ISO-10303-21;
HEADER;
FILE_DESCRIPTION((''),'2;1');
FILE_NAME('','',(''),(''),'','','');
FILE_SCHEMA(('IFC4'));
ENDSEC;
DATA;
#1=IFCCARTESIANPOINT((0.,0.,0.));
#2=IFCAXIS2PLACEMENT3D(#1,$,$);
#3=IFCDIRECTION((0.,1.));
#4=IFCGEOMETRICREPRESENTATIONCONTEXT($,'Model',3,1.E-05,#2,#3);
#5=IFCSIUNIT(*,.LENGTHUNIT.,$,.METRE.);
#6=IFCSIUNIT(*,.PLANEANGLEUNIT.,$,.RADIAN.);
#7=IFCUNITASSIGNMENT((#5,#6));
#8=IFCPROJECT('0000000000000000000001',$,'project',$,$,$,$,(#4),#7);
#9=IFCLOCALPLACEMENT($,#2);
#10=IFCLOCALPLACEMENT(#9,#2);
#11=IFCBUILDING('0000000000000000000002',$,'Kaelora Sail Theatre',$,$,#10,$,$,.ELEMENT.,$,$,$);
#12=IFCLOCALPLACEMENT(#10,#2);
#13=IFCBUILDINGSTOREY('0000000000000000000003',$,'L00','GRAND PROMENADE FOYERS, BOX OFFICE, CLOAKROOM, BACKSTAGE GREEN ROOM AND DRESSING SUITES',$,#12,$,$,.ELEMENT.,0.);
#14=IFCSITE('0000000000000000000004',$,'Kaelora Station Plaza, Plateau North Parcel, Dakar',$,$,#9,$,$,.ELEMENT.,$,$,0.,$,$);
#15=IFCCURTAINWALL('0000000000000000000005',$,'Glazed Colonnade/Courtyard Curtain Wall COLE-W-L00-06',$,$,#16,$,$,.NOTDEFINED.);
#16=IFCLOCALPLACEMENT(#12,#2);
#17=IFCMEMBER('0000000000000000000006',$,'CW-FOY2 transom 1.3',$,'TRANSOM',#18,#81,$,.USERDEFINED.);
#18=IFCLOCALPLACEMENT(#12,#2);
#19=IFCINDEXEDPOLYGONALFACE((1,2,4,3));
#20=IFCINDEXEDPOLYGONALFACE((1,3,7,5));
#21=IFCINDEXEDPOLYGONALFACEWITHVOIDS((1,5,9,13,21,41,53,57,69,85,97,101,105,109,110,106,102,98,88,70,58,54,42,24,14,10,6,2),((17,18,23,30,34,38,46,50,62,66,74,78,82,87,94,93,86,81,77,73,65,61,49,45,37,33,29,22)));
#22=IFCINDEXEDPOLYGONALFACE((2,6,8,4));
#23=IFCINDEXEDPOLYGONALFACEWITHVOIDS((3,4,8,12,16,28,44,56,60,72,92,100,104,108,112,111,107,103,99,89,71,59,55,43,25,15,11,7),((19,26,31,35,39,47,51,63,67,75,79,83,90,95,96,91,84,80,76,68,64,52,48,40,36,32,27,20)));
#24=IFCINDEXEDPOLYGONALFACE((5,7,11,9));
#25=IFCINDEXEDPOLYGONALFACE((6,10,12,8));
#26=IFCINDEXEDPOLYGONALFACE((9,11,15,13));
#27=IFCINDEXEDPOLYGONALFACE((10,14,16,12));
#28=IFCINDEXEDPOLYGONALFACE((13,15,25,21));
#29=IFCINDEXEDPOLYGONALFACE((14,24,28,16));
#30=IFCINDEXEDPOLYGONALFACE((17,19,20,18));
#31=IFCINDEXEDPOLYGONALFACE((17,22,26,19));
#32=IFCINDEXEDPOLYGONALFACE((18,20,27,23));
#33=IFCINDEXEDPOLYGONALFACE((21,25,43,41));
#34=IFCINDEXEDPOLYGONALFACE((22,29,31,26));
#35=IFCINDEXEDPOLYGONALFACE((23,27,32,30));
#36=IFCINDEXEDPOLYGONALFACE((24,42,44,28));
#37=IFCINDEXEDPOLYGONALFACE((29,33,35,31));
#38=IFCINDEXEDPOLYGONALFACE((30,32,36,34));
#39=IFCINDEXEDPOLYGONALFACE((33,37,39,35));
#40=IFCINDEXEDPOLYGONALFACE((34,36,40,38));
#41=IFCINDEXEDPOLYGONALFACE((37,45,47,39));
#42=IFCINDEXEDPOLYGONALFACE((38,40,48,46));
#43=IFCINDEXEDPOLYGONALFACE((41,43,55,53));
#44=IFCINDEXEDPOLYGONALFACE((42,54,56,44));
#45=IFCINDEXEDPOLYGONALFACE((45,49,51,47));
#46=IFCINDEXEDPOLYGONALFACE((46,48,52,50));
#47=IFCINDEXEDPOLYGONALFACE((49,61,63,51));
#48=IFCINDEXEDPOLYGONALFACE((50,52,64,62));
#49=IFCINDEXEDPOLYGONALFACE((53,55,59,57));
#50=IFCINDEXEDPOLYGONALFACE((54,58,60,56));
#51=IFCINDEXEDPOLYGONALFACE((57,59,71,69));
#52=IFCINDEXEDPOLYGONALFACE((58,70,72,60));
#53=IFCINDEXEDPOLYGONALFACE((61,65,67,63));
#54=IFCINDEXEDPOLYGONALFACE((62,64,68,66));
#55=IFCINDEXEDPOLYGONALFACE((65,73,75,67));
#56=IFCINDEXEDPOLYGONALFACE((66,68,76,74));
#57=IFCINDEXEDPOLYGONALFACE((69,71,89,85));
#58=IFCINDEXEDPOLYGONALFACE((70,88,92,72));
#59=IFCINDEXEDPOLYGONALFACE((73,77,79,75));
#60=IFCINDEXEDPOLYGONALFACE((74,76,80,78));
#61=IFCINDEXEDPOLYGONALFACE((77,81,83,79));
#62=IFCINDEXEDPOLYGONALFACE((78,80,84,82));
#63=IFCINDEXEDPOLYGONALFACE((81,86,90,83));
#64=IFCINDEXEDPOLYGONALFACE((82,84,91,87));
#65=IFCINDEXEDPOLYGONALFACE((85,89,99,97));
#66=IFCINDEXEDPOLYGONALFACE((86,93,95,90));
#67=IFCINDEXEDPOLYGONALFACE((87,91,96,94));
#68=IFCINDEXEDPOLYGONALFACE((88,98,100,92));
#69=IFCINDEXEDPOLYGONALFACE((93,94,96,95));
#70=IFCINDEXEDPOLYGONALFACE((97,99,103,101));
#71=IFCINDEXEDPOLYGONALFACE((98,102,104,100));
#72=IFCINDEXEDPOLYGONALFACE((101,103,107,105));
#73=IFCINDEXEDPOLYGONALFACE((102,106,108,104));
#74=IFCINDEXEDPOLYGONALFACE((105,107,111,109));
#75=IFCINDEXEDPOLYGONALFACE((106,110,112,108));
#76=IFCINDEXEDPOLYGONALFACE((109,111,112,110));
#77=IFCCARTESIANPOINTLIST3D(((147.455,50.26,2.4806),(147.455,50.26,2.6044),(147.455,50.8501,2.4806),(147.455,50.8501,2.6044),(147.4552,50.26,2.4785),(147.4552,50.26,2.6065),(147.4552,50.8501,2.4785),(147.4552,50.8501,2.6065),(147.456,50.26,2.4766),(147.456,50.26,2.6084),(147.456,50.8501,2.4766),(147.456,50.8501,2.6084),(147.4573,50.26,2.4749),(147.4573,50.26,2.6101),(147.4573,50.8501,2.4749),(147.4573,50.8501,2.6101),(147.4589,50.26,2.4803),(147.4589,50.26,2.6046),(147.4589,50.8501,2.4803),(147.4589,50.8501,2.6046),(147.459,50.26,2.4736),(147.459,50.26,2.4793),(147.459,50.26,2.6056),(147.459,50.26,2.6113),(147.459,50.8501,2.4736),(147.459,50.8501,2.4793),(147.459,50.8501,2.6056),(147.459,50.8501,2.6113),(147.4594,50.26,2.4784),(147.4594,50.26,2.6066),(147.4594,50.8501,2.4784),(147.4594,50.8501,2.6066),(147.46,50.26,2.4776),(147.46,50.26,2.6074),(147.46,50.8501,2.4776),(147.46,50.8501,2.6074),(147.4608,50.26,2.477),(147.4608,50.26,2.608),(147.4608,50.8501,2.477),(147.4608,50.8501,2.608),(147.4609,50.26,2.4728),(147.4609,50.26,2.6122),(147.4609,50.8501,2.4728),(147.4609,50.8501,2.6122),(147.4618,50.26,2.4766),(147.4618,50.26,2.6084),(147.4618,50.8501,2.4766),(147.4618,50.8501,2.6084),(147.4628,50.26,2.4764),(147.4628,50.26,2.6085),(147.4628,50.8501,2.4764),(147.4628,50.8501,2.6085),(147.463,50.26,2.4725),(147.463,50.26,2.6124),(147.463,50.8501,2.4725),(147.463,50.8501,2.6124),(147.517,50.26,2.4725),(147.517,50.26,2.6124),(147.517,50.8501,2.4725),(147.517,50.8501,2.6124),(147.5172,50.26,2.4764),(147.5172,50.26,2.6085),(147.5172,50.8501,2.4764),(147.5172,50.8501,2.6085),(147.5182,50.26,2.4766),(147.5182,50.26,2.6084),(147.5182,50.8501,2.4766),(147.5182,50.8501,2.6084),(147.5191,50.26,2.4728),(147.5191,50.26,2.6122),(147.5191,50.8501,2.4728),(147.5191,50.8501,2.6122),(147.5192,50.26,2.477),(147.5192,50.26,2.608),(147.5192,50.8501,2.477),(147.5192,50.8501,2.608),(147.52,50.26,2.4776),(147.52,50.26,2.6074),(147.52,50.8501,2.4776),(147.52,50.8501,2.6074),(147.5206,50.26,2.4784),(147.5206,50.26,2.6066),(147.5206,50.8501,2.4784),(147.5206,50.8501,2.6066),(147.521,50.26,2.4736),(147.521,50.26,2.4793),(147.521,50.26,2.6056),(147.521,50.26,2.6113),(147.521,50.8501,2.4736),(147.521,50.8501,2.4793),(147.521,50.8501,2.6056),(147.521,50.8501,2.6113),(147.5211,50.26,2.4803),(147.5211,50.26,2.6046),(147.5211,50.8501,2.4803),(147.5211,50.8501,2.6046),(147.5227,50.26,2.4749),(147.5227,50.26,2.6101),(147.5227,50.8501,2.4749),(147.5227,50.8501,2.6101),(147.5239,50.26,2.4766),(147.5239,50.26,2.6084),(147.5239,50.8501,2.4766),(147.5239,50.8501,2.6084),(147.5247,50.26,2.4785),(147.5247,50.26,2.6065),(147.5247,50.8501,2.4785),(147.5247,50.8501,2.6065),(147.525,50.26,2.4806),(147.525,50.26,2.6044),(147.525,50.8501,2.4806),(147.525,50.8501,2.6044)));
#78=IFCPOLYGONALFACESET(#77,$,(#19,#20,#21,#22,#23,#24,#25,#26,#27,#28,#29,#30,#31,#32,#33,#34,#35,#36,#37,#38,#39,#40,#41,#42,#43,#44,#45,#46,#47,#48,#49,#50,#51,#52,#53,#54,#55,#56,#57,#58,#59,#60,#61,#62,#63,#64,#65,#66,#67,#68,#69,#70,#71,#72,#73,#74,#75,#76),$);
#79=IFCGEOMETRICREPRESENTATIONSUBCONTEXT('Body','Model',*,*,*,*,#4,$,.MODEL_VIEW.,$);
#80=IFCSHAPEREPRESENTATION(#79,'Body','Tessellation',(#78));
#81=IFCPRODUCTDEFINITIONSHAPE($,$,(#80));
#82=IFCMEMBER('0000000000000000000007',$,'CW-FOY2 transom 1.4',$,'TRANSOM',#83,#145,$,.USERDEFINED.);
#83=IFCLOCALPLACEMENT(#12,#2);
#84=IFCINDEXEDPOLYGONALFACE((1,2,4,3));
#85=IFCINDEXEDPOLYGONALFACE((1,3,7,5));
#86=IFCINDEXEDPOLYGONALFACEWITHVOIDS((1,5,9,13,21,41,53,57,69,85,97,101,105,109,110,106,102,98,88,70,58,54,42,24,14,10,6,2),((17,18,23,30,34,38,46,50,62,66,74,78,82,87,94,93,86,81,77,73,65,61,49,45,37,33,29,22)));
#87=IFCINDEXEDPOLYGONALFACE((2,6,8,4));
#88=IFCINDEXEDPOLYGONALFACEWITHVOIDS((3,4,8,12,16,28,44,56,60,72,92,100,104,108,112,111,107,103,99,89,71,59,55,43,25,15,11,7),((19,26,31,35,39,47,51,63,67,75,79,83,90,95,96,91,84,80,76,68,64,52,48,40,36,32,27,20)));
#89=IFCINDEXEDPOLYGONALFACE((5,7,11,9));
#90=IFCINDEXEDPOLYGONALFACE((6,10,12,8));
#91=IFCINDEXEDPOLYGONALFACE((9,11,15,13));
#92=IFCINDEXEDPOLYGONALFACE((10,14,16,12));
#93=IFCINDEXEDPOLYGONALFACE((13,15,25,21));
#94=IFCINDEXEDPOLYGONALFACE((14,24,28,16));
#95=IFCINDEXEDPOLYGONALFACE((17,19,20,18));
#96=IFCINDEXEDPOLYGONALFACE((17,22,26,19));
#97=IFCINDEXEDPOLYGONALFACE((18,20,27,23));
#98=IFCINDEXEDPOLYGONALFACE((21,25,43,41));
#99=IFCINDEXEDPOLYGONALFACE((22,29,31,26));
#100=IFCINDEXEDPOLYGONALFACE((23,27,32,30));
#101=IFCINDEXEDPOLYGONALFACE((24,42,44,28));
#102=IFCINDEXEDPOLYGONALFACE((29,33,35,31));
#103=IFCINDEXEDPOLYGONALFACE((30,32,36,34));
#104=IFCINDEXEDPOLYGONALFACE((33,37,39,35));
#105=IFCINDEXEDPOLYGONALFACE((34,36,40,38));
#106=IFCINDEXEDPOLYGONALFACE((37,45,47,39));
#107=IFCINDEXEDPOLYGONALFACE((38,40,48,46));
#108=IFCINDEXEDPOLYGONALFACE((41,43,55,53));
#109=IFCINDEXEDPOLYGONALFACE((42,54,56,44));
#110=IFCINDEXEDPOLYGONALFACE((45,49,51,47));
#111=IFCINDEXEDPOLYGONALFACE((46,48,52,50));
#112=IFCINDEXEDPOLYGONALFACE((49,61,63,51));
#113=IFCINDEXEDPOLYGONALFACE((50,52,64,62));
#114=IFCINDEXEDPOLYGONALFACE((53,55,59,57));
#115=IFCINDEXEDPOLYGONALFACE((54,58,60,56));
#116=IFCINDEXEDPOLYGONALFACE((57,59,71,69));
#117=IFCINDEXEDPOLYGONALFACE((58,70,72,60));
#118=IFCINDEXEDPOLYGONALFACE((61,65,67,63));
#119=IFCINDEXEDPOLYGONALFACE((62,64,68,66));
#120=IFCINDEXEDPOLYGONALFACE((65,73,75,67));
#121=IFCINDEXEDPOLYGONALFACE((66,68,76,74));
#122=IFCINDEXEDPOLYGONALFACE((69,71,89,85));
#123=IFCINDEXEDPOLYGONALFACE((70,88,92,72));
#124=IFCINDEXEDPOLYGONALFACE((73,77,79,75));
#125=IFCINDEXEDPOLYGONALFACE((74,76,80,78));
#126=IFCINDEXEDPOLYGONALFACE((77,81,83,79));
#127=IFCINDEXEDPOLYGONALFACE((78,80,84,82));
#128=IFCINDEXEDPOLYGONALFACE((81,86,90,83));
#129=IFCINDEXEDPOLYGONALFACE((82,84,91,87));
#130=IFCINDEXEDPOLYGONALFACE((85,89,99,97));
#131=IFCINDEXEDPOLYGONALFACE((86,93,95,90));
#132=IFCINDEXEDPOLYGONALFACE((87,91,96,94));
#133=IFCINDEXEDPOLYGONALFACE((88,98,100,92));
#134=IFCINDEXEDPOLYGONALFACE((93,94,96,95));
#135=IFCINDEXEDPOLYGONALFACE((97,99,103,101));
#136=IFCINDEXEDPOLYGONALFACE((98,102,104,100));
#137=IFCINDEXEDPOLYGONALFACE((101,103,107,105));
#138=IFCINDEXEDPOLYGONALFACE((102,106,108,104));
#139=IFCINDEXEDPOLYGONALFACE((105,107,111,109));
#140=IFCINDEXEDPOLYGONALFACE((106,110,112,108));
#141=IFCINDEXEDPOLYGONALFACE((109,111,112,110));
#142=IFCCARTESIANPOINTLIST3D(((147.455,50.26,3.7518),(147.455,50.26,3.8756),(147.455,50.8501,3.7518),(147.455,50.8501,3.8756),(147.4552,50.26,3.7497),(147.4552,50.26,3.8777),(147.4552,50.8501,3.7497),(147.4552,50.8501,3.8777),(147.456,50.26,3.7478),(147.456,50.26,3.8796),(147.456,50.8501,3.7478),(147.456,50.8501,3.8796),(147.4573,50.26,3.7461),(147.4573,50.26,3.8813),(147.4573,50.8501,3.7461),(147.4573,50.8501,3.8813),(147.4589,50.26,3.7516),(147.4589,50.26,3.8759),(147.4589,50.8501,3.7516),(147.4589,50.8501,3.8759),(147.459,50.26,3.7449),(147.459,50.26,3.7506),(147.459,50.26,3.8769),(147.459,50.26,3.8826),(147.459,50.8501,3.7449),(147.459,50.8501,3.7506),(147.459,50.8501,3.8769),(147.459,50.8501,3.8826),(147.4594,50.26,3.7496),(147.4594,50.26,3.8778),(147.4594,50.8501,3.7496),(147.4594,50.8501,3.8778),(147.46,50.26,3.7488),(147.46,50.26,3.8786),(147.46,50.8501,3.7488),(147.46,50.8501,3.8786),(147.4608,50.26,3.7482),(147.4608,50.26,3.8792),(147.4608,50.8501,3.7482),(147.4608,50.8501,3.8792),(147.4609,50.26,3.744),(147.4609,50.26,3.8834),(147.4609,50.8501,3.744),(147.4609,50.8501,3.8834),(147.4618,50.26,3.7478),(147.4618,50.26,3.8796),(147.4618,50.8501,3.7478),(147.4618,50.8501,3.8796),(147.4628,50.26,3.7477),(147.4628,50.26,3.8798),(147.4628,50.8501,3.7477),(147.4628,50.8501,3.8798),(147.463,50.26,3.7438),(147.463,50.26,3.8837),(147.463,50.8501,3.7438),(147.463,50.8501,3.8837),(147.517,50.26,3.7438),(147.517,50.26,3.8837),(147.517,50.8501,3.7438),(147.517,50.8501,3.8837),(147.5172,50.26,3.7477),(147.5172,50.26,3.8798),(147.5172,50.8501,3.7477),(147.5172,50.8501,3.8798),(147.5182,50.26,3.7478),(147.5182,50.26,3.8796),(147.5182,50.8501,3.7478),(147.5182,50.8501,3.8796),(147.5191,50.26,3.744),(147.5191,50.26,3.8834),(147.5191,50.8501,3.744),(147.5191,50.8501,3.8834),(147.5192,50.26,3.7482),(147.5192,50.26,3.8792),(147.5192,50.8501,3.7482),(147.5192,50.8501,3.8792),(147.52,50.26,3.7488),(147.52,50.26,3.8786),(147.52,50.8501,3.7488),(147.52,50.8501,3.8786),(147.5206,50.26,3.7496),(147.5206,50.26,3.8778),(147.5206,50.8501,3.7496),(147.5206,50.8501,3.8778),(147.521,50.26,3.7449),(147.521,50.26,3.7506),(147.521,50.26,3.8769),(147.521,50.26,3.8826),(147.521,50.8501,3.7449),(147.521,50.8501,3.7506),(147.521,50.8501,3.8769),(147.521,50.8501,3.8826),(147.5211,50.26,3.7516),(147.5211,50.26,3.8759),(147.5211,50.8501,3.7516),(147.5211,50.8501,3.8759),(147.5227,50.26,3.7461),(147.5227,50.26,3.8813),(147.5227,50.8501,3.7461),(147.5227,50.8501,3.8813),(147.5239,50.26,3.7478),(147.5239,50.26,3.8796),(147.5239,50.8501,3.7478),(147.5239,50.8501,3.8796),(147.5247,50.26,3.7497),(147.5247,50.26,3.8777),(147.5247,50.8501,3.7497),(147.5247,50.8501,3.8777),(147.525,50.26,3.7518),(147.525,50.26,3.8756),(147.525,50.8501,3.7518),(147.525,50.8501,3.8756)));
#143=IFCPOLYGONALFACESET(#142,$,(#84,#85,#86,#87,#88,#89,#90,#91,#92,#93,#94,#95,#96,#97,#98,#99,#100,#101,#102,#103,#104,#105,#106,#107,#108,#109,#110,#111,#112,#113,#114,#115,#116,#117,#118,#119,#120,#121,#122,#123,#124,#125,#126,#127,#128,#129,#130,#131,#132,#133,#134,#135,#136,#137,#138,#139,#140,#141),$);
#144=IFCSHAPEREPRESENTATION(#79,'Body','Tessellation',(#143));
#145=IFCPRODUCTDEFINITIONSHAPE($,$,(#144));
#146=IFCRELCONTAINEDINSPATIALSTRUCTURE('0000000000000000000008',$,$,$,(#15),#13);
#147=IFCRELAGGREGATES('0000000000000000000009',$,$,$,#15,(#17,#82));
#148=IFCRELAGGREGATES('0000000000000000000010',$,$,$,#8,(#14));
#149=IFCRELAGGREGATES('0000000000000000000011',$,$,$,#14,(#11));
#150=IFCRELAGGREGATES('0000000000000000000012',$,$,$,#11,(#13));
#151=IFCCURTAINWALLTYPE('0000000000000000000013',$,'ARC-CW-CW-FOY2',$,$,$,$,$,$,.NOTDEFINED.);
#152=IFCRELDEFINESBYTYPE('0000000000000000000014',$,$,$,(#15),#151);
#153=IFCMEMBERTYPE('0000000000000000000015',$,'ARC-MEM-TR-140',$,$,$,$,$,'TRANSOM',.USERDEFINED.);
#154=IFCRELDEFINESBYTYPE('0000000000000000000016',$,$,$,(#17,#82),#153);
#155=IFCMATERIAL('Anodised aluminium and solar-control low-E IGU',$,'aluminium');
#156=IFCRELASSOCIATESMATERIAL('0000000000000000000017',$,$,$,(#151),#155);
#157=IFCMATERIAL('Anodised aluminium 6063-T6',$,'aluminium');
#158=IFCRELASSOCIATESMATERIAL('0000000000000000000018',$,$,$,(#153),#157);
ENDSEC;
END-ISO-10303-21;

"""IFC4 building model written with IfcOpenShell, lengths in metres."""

from ifc_helpers import new_model, si_unit, direction, frame, origin, origin_2d, place, context, subcontext, project, spatial, hollow_rectangle, extrude, material, material_profile, profile_set, type_object, element, aggregate, save


model = new_model("IFC4")

# Units and contexts
model_context = context("Model", 3, precision=1e-05, world=origin(), true_north=direction((0.0, 1.0)))
body_context = subcontext(model_context, "Body", "Model", "MODEL_VIEW")
ifc_project = project(units=[si_unit("LENGTHUNIT", "METRE"), si_unit("PLANEANGLEUNIT", "RADIAN")], contexts=[model_context])

# Site, building, storey
site_placement = place(None, origin())
site = spatial("IfcSite", under=ifc_project, at=site_placement, Name="Kaelora Station Plaza, Plateau North Parcel, Dakar", CompositionType="ELEMENT", RefElevation=0.0)
building_placement = place(site_placement, origin())
building = spatial("IfcBuilding", under=site, at=building_placement, Name="Kaelora Sail Theatre", CompositionType="ELEMENT")
storey_placement = place(building_placement, origin())
storey = spatial("IfcBuildingStorey", under=building, at=storey_placement, Name="L00", Description="GRAND PROMENADE FOYERS, BOX OFFICE, CLOAKROOM, BACKSTAGE GREEN ROOM AND DRESSING SUITES", CompositionType="ELEMENT", Elevation=0.0)

# Curtain wall, members
ifc_material_1 = material(Name="Anodised aluminium and solar-control low-E IGU", Category="aluminium")
curtain_wall_type = type_object("IfcCurtainWallType", Name="ARC-CW-CW-FOY2", PredefinedType="NOTDEFINED", material=ifc_material_1)
ifc_material_2 = material(Name="Anodised aluminium 6063-T6", Category="aluminium")
ifc_material_profile = material_profile(ifc_material_2, hollow_rectangle(XDim=0.0701, YDim=0.1399, WallThickness=0.0039, InnerFilletRadius=0.0039, OuterFilletRadius=0.0081, at=origin_2d()), Name="ALU-TRAN 70x140x4")
ifc_profile_set = profile_set([ifc_material_profile], Name="Anodised aluminium 6063-T6")
member_type = type_object("IfcMemberType", Name="ARC-MEM-TR-140", ElementType="TRANSOM", PredefinedType="USERDEFINED", material=ifc_profile_set)
curtain_wall_1_placement = place(storey_placement, origin())
curtain_wall_1 = element("IfcCurtainWall", 1, at=curtain_wall_1_placement, inside=storey, type_object=curtain_wall_type, Name="Glazed Colonnade/Courtyard Curtain Wall COLE-W-L00-06", PredefinedType="NOTDEFINED")
member_1_placement = place(storey_placement, frame((147.49, 50.26, 2.5425), z_axis=(0.0, 1.0, 0.0), x_axis=(-1.0, 0.0, 0.0)))
member_1 = element("IfcMember", 2, at=member_1_placement, type_object=member_type, Name="CW-FOY2 transom 1.3", ObjectType="TRANSOM", PredefinedType="USERDEFINED", context=body_context, shape_type="SweptSolid", body=[
    extrude(hollow_rectangle(XDim=0.0701, YDim=0.1399, WallThickness=0.0039, InnerFilletRadius=0.0039, OuterFilletRadius=0.0081, at=origin_2d()), origin(), (0.0, 0.0, 1.0), 0.5901),
])
member_2_placement = place(storey_placement, frame((147.49, 50.26, 3.8137), z_axis=(0.0, 1.0, 0.0), x_axis=(-1.0, 0.0, 0.0)))
member_2 = element("IfcMember", 3, at=member_2_placement, type_object=member_type, Name="CW-FOY2 transom 1.4", ObjectType="TRANSOM", PredefinedType="USERDEFINED", context=body_context, shape_type="SweptSolid", body=[
    extrude(hollow_rectangle(XDim=0.0701, YDim=0.1399, WallThickness=0.0039, InnerFilletRadius=0.0039, OuterFilletRadius=0.0081, at=origin_2d()), origin(), (0.0, 0.0, 1.0), 0.5901),
])

aggregate(curtain_wall_1, [member_1, member_2])

save(model, "model.ifc")
